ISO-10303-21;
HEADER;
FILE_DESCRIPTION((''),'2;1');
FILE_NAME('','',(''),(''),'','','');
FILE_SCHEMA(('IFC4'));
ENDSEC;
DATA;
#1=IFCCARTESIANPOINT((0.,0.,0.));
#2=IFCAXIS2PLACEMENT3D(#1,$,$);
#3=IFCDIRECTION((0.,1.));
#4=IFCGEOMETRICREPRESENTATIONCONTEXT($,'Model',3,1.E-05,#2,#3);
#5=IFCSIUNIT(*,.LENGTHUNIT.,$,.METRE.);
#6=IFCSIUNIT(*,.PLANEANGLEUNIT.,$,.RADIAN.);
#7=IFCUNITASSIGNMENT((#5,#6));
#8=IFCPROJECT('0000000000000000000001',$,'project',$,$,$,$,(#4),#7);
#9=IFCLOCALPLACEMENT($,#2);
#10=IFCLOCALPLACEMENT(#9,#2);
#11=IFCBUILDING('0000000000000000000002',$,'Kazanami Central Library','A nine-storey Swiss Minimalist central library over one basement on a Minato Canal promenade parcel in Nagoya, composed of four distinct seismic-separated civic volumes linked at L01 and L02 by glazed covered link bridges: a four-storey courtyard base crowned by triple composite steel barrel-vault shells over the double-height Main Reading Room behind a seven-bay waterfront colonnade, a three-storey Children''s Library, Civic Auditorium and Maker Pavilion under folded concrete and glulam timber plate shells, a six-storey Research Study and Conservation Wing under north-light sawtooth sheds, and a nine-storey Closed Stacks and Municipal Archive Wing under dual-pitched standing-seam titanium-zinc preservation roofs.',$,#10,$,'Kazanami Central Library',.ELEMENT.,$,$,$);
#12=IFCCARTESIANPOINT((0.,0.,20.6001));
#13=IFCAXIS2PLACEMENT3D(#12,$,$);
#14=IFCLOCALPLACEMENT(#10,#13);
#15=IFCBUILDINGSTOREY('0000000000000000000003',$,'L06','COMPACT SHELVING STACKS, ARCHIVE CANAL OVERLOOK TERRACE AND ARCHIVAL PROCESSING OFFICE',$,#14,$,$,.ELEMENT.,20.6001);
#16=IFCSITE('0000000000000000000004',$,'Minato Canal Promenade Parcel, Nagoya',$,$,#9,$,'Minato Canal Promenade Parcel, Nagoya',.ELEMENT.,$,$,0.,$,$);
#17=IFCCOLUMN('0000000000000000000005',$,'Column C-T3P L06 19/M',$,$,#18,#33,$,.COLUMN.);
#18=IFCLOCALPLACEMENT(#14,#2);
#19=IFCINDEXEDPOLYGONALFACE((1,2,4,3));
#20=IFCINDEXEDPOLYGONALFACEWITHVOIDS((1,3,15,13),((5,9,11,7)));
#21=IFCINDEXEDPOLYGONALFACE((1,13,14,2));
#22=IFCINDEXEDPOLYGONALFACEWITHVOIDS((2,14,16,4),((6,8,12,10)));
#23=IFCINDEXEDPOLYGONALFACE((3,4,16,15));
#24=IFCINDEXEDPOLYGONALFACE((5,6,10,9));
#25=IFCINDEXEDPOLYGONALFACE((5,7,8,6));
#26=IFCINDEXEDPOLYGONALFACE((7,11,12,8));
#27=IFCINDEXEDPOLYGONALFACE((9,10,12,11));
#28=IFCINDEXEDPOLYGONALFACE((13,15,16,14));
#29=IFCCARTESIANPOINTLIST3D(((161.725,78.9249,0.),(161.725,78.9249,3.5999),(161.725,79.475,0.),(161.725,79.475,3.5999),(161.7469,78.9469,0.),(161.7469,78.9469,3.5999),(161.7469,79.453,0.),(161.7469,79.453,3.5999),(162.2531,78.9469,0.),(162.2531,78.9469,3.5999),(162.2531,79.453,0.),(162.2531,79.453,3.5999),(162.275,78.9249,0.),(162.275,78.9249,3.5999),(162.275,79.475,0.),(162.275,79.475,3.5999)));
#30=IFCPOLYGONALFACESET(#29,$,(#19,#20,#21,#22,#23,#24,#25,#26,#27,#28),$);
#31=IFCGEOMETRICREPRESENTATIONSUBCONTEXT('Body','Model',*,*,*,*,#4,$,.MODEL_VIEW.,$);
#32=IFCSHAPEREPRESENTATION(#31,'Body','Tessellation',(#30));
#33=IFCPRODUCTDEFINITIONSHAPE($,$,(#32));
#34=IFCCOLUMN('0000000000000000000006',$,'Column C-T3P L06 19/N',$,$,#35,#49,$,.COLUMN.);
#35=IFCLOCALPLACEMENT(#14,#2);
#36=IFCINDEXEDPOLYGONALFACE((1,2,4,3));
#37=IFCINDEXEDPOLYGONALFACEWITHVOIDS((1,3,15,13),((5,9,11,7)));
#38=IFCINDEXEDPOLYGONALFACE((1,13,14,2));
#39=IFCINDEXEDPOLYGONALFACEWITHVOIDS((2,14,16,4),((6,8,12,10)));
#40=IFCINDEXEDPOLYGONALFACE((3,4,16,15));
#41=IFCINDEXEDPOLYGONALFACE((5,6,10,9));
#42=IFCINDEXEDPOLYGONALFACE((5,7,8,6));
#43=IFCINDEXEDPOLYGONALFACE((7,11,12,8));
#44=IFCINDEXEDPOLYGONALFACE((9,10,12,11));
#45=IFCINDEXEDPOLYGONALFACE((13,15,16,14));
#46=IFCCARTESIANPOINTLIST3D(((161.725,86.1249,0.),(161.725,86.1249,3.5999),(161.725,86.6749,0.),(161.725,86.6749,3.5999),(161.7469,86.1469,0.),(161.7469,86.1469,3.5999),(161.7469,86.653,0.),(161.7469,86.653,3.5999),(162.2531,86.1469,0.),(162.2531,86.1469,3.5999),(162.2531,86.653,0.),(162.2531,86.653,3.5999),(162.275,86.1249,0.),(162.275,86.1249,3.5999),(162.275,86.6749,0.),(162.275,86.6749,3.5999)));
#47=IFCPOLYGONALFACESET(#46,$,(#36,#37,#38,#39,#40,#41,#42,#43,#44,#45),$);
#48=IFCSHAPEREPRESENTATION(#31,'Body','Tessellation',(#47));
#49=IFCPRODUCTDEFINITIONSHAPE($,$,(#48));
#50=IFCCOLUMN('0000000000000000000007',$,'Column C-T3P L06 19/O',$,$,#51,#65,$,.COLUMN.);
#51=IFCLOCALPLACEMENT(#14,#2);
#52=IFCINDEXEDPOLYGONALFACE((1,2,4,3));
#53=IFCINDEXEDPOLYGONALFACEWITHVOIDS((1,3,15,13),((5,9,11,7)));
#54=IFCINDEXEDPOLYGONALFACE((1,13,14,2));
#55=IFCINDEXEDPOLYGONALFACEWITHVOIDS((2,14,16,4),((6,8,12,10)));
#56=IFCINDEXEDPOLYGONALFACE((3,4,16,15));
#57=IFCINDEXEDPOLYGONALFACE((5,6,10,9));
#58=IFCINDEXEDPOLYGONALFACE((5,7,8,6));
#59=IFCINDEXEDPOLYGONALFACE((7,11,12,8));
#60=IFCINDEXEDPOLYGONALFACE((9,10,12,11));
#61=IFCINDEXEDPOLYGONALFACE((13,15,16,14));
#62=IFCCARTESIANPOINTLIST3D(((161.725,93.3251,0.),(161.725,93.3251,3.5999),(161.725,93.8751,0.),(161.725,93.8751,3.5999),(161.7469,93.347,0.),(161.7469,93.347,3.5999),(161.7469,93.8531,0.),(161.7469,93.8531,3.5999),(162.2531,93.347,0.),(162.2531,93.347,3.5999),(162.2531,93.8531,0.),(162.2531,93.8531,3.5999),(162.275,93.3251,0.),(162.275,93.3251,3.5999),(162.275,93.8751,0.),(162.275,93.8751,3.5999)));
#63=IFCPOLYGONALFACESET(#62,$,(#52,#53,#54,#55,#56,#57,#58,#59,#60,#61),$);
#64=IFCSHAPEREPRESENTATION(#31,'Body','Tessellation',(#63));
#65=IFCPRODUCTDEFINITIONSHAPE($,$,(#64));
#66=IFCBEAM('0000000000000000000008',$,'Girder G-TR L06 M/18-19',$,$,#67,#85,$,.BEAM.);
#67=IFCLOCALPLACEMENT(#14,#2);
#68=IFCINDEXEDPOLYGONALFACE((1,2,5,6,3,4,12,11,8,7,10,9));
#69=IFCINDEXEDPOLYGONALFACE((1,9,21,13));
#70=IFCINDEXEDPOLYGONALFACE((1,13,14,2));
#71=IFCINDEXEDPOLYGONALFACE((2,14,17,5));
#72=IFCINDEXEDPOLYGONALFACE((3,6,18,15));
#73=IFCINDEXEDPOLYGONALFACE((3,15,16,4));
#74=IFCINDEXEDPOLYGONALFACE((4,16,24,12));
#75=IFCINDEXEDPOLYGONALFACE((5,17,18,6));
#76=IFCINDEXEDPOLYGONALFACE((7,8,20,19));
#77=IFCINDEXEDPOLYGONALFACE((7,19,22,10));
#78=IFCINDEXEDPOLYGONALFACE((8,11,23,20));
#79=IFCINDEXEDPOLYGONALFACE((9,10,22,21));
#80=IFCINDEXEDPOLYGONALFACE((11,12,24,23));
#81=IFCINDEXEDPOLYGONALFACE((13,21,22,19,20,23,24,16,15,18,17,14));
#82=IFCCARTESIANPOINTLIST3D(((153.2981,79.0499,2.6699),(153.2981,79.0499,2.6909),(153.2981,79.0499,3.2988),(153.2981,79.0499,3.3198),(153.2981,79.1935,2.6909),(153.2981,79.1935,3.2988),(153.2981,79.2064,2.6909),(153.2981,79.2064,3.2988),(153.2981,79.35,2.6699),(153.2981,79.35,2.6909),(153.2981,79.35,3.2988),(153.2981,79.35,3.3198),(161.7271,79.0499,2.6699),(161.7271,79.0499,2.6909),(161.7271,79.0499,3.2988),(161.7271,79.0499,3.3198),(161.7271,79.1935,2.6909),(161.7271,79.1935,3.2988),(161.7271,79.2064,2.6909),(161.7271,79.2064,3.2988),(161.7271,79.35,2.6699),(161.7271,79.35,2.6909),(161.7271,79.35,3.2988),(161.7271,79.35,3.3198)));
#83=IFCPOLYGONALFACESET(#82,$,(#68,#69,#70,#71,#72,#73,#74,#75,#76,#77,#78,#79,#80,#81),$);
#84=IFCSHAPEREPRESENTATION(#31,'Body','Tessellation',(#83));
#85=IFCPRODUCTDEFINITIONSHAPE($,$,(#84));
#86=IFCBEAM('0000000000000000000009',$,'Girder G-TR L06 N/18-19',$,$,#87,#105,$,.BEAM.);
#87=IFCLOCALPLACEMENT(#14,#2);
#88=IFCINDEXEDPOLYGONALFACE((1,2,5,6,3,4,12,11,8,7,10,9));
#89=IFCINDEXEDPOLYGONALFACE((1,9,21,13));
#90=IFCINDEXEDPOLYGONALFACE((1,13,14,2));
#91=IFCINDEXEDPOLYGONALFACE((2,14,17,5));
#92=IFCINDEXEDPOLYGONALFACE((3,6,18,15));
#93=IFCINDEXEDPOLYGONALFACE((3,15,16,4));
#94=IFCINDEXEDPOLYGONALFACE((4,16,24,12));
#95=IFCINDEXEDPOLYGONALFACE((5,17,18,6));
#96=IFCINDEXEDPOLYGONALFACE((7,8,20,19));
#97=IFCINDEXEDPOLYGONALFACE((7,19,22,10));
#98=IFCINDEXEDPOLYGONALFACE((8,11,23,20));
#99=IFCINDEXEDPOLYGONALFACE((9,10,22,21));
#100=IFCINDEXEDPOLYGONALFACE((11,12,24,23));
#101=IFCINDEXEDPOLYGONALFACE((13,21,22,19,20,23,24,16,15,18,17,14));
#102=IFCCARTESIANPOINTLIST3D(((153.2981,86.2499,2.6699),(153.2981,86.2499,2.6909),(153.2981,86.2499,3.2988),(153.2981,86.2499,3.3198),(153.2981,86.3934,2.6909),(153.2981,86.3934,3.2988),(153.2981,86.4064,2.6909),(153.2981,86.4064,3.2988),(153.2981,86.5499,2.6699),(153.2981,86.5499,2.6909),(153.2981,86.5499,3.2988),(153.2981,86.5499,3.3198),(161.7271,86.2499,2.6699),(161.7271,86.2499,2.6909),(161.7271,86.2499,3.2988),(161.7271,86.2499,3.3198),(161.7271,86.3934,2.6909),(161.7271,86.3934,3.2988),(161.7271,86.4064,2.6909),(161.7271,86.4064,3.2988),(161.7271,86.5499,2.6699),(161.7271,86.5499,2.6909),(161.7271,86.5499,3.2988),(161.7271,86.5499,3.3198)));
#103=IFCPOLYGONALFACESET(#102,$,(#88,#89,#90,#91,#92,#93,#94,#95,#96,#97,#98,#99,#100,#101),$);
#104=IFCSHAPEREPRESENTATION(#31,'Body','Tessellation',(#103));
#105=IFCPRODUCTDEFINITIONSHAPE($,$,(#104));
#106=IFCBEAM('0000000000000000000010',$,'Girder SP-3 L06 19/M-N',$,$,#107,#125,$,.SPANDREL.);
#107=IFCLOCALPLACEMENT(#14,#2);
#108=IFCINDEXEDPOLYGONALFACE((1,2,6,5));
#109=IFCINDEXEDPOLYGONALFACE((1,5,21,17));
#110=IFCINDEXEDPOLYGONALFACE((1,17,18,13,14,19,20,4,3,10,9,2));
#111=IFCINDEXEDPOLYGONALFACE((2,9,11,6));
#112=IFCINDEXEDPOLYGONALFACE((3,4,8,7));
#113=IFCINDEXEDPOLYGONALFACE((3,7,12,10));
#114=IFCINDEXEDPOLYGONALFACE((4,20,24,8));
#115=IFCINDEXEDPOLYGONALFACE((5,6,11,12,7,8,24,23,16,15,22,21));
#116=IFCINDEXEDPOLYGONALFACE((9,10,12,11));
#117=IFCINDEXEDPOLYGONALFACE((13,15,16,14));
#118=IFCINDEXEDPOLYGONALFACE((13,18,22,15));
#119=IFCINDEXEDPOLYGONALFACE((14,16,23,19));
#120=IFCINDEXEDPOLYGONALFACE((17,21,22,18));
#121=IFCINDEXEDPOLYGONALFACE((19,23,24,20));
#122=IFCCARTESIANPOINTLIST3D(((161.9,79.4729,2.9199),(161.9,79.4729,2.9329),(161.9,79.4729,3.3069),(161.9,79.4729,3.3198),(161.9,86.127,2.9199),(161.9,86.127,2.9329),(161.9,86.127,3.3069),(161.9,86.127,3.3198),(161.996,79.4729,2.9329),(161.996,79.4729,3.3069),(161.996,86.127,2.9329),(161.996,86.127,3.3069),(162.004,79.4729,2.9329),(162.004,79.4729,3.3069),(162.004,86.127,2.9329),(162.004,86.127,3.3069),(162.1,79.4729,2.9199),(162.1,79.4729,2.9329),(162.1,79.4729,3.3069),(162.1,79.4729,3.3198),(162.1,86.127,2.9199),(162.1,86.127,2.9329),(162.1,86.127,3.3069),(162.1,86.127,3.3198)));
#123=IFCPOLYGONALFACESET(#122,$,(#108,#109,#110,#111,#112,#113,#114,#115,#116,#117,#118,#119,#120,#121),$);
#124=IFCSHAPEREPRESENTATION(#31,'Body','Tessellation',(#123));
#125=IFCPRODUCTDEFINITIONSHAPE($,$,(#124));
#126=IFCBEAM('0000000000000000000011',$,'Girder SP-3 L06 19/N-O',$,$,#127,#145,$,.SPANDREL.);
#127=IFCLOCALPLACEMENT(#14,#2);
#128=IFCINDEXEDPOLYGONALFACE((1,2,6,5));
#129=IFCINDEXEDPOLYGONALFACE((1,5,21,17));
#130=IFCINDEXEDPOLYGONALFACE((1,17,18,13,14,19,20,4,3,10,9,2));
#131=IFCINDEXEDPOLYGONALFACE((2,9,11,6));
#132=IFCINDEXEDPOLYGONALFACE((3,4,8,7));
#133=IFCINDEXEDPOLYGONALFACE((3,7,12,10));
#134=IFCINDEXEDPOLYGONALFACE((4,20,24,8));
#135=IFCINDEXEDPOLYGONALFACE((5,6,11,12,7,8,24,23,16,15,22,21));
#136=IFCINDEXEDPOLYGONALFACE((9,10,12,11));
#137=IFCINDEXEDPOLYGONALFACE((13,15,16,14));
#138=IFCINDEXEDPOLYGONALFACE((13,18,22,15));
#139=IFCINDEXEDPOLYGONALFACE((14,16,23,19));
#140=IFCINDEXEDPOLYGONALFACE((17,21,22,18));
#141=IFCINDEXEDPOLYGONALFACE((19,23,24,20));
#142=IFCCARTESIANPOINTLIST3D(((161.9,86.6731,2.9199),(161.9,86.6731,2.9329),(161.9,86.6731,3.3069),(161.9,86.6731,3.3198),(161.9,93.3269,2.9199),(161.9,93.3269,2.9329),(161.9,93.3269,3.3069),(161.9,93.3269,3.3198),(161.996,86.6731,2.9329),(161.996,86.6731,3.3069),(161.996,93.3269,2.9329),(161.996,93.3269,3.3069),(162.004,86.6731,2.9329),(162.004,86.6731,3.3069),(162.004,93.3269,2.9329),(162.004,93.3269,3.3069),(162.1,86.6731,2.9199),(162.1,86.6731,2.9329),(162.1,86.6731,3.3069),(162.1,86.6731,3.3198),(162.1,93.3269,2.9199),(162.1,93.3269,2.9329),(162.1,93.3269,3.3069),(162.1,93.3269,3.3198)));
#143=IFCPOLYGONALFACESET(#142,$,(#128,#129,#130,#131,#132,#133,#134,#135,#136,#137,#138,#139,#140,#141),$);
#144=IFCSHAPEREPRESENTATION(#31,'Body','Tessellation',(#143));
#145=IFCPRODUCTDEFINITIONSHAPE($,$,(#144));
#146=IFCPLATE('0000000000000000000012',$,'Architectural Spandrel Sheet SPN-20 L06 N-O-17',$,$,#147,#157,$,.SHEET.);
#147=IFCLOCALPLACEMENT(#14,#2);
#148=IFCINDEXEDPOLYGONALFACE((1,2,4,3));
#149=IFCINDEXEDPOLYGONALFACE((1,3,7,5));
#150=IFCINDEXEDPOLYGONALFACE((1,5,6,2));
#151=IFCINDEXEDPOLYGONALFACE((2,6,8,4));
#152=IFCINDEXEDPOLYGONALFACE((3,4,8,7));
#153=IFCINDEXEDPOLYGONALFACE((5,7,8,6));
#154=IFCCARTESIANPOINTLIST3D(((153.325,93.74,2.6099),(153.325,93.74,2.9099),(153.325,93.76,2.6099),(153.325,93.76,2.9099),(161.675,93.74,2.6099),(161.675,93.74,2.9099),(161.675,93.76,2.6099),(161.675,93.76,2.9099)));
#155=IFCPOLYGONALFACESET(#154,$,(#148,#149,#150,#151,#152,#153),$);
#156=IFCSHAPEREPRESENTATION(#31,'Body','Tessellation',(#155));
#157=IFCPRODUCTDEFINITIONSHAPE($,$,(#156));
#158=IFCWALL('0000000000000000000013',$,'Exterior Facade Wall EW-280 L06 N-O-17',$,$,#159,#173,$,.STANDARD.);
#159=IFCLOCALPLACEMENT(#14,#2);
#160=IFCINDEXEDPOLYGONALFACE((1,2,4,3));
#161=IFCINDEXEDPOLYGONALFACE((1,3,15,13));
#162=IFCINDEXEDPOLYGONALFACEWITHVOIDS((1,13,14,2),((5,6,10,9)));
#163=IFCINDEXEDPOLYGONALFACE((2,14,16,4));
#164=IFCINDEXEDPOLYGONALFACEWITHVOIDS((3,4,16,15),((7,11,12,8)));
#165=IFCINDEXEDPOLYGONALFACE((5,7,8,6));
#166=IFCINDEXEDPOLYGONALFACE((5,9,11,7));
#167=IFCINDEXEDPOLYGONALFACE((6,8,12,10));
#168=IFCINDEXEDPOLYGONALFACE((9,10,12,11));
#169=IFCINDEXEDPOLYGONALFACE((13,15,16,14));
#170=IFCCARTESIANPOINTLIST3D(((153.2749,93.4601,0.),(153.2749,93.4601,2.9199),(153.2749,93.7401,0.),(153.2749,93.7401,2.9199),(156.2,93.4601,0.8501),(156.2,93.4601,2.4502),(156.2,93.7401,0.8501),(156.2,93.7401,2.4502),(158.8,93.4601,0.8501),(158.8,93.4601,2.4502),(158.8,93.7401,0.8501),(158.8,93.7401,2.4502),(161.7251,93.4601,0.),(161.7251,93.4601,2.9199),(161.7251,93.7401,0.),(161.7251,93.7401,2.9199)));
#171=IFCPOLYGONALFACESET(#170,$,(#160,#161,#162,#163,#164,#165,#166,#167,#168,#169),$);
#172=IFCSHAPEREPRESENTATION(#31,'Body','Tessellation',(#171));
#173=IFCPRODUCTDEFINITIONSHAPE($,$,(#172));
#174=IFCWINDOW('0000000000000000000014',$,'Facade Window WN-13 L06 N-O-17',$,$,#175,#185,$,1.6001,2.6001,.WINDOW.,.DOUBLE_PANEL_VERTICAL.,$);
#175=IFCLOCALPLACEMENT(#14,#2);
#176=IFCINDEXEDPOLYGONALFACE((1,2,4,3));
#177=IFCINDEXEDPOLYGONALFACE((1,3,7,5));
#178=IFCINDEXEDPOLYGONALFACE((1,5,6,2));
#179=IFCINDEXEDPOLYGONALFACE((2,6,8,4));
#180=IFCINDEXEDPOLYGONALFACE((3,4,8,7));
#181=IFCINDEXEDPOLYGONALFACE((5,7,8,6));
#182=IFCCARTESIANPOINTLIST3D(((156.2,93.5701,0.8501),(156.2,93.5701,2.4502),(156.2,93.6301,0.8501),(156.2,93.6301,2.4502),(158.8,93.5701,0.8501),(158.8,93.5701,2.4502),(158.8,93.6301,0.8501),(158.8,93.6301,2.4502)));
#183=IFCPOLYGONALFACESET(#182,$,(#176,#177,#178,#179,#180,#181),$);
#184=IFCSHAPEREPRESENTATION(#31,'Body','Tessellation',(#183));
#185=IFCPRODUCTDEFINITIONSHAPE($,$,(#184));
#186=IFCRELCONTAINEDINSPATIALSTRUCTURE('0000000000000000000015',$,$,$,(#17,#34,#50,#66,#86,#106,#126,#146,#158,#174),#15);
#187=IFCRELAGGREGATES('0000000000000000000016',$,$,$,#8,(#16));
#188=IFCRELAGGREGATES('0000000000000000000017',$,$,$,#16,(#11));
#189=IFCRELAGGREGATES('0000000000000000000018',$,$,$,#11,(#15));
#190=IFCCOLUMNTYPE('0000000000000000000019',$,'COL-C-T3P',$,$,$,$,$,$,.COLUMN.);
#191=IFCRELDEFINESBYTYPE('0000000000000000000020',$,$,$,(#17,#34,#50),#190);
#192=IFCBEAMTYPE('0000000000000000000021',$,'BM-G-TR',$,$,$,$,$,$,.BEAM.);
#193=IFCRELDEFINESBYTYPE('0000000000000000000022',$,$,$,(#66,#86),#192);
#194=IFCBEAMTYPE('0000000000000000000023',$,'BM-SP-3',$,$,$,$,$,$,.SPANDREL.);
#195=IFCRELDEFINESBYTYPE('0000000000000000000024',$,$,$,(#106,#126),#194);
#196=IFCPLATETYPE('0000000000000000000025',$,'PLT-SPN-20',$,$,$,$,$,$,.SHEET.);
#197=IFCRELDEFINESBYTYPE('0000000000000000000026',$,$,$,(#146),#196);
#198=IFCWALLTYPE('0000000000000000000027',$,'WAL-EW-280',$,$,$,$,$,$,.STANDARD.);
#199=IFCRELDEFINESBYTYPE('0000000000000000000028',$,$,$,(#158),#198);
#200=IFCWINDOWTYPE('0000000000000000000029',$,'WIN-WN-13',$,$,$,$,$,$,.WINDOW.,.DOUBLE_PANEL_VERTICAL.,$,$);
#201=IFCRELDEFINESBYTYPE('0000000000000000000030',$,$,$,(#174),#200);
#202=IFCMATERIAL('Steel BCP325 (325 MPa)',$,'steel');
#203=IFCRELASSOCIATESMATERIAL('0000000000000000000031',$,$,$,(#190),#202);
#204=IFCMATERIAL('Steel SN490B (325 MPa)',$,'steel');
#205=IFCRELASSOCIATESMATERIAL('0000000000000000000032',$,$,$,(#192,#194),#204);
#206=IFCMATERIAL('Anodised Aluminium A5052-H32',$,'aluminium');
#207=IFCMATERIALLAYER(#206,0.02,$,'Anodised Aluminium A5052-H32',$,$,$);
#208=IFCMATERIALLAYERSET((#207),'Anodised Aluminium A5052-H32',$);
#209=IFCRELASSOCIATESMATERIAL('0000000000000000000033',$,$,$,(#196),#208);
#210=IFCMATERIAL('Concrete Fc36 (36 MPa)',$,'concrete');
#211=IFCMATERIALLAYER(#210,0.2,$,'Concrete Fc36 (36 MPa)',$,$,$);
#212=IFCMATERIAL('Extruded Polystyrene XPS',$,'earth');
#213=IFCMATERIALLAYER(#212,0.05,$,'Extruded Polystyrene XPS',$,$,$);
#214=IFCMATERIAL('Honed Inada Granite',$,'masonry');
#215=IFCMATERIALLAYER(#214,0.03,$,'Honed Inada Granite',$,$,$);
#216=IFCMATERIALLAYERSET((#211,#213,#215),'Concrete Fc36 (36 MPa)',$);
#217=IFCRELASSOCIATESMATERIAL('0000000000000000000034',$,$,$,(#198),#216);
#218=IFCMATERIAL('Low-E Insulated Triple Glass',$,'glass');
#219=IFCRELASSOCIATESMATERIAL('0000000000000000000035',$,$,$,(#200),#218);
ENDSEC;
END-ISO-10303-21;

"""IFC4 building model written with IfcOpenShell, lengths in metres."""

from ifc_helpers import new_model, si_unit, direction, frame, frame_2d, origin, origin_2d, place, context, subcontext, project, spatial, rectangle, hollow_rectangle, i_section, extrude, material, layer, layer_set, material_profile, profile_set, type_object, element, fill, save


model = new_model("IFC4")

# Units and contexts
model_context = context("Model", 3, precision=1e-05, world=origin(), true_north=direction((0.0, 1.0)))
body_context = subcontext(model_context, "Body", "Model", "MODEL_VIEW")
ifc_project = project(units=[si_unit("LENGTHUNIT", "METRE"), si_unit("PLANEANGLEUNIT", "RADIAN")], contexts=[model_context])

# Site, building, storey
site_placement = place(None, origin())
site = spatial("IfcSite", under=ifc_project, at=site_placement, Name="Minato Canal Promenade Parcel, Nagoya", LongName="Minato Canal Promenade Parcel, Nagoya", CompositionType="ELEMENT", RefElevation=0.0)
building_placement = place(site_placement, origin())
building = spatial("IfcBuilding", under=site, at=building_placement, Name="Kazanami Central Library", Description="A nine-storey Swiss Minimalist central library over one basement on a Minato Canal promenade parcel in Nagoya, composed of four distinct seismic-separated civic volumes linked at L01 and L02 by glazed covered link bridges: a four-storey courtyard base crowned by triple composite steel barrel-vault shells over the double-height Main Reading Room behind a seven-bay waterfront colonnade, a three-storey Children's Library, Civic Auditorium and Maker Pavilion under folded concrete and glulam timber plate shells, a six-storey Research Study and Conservation Wing under north-light sawtooth sheds, and a nine-storey Closed Stacks and Municipal Archive Wing under dual-pitched standing-seam titanium-zinc preservation roofs.", LongName="Kazanami Central Library", CompositionType="ELEMENT")
storey_placement = place(building_placement, frame((0.0, 0.0, 20.6001)))
storey = spatial("IfcBuildingStorey", under=building, at=storey_placement, Name="L06", Description="COMPACT SHELVING STACKS, ARCHIVE CANAL OVERLOOK TERRACE AND ARCHIVAL PROCESSING OFFICE", CompositionType="ELEMENT", Elevation=20.6001)

# Columns
ifc_material_1 = material(Name="Steel BCP325 (325 MPa)", Category="steel")
ifc_material_profile_1 = material_profile(ifc_material_1, hollow_rectangle(XDim=0.55, YDim=0.55, WallThickness=0.022, at=origin_2d()), Name="BCP-550x550x22")
ifc_profile_set_1 = profile_set([ifc_material_profile_1], Name="Steel BCP325 (325 MPa)")
column_type = type_object("IfcColumnType", Name="COL-C-T3P", PredefinedType="COLUMN", material=ifc_profile_set_1)
for number, where, z_axis, x_axis, name in (
    (1, (162.0, 79.2, 0.0), (0.0, 0.0, 1.0), (1.0, 0.0, 0.0), "Column C-T3P L06 19/M"),
    (2, (162.0, 86.3999, 0.0), (0.0, 0.0, 1.0), (1.0, 0.0, 0.0), "Column C-T3P L06 19/N"),
    (3, (162.0, 93.6001, 0.0), (0.0, 0.0, 1.0), (1.0, 0.0, 0.0), "Column C-T3P L06 19/O"),
):
    element("IfcColumn", number, at=place(storey_placement, frame(where, z_axis=z_axis, x_axis=x_axis)), inside=storey, type_object=column_type, Name=name, PredefinedType="COLUMN", context=body_context, shape_type="SweptSolid", body=[
        extrude(hollow_rectangle(XDim=0.55, YDim=0.55, WallThickness=0.022, at=origin_2d()), origin(), (0.0, 0.0, 1.0), 3.5999),
    ])

# Beams
ifc_material_2 = material(Name="Steel SN490B (325 MPa)", Category="steel")
ifc_material_profile_2 = material_profile(ifc_material_2, i_section(OverallWidth=0.3, OverallDepth=0.6499, WebThickness=0.0129, FlangeThickness=0.021, at=origin_2d()), Name="H-650x300x13x21")
ifc_profile_set_2 = profile_set([ifc_material_profile_2], Name="Steel SN490B (325 MPa)")
beam_type_1 = type_object("IfcBeamType", Name="BM-G-TR", PredefinedType="BEAM", material=ifc_profile_set_2)
for number, where, z_axis, x_axis, name in (
    (4, (153.2981, 79.2, 2.9949), (1.0, 0.0, 0.0), (0.0, 1.0, 0.0), "Girder G-TR L06 M/18-19"),
    (5, (153.2981, 86.3999, 2.9949), (1.0, 0.0, 0.0), (0.0, 1.0, 0.0), "Girder G-TR L06 N/18-19"),
):
    element("IfcBeam", number, at=place(storey_placement, frame(where, z_axis=z_axis, x_axis=x_axis)), inside=storey, type_object=beam_type_1, Name=name, PredefinedType="BEAM", context=body_context, shape_type="SweptSolid", body=[
        extrude(i_section(OverallWidth=0.3, OverallDepth=0.6499, WebThickness=0.0129, FlangeThickness=0.021, at=origin_2d()), origin(), (0.0, 0.0, 1.0), 8.429),
    ])
ifc_material_profile_3 = material_profile(ifc_material_2, i_section(OverallWidth=0.2, OverallDepth=0.3999, WebThickness=0.0081, FlangeThickness=0.0129, at=origin_2d()), Name="H-400x200x8x13")
ifc_profile_set_3 = profile_set([ifc_material_profile_3], Name="Steel SN490B (325 MPa)")
beam_type_2 = type_object("IfcBeamType", Name="BM-SP-3", PredefinedType="SPANDREL", material=ifc_profile_set_3)
beam_1_placement = place(storey_placement, frame((162.0, 79.4729, 3.1199), z_axis=(0.0, 1.0, 0.0), x_axis=(-1.0, 0.0, 0.0)))
element("IfcBeam", 6, at=beam_1_placement, inside=storey, type_object=beam_type_2, Name="Girder SP-3 L06 19/M-N", PredefinedType="SPANDREL", context=body_context, shape_type="SweptSolid", body=[
    extrude(i_section(OverallWidth=0.2, OverallDepth=0.3999, WebThickness=0.0081, FlangeThickness=0.0129, at=origin_2d()), origin(), (0.0, 0.0, 1.0), 6.6541),
])
beam_2_placement = place(storey_placement, frame((162.0, 86.6731, 3.1199), z_axis=(0.0, 1.0, 0.0), x_axis=(-1.0, 0.0, 0.0)))
element("IfcBeam", 7, at=beam_2_placement, inside=storey, type_object=beam_type_2, Name="Girder SP-3 L06 19/N-O", PredefinedType="SPANDREL", context=body_context, shape_type="SweptSolid", body=[
    extrude(i_section(OverallWidth=0.2, OverallDepth=0.3999, WebThickness=0.0081, FlangeThickness=0.0129, at=origin_2d()), origin(), (0.0, 0.0, 1.0), 6.6538),
])

# Plate
ifc_material_3 = material(Name="Anodised Aluminium A5052-H32", Category="aluminium")
ifc_layer_1 = layer(ifc_material_3, 0.02, Name="Anodised Aluminium A5052-H32")
ifc_layer_set_1 = layer_set([ifc_layer_1], Name="Anodised Aluminium A5052-H32")
plate_type = type_object("IfcPlateType", Name="PLT-SPN-20", PredefinedType="SHEET", material=ifc_layer_set_1)
plate_placement = place(storey_placement, frame((157.5, 93.75, 2.6099), z_axis=(0.0, 0.0, 1.0), x_axis=(-1.0, 0.0, 0.0)))
element("IfcPlate", 8, at=plate_placement, inside=storey, type_object=plate_type, Name="Architectural Spandrel Sheet SPN-20 L06 N-O-17", PredefinedType="SHEET", context=body_context, shape_type="SweptSolid", body=[
    extrude(rectangle(XDim=8.3501, YDim=0.02, at=origin_2d()), origin(), (0.0, 0.0, 1.0), 0.3),
])

# Wall, opening, window
ifc_material_4 = material(Name="Concrete Fc36 (36 MPa)", Category="concrete")
ifc_layer_2 = layer(ifc_material_4, 0.2, Name="Concrete Fc36 (36 MPa)")
ifc_material_5 = material(Name="Extruded Polystyrene XPS", Category="earth")
ifc_layer_3 = layer(ifc_material_5, 0.05, Name="Extruded Polystyrene XPS")
ifc_material_6 = material(Name="Honed Inada Granite", Category="masonry")
ifc_layer_4 = layer(ifc_material_6, 0.03, Name="Honed Inada Granite")
ifc_layer_set_2 = layer_set([ifc_layer_2, ifc_layer_3, ifc_layer_4], Name="Concrete Fc36 (36 MPa)")
wall_type_1 = type_object("IfcWallType", Name="WAL-EW-280", PredefinedType="STANDARD", material=ifc_layer_set_2)
wall_1_placement = place(storey_placement, frame((161.7251, 93.6001, 0.0), z_axis=(0.0, 0.0, 1.0), x_axis=(-1.0, 0.0, 0.0)))
wall_1 = element("IfcWall", 9, at=wall_1_placement, inside=storey, type_object=wall_type_1, Name="Exterior Facade Wall EW-280 L06 N-O-17", PredefinedType="STANDARD", context=body_context, shape_type="SweptSolid", body=[
    extrude(rectangle(XDim=8.4502, YDim=0.28, at=frame_2d((4.2251, 0.0))), origin(), (0.0, 0.0, 1.0), 2.9199),
])
opening_1_placement = place(wall_1_placement, frame((2.925, 0.0, 0.8501)))
opening_1 = element("IfcOpeningElement", 10, at=opening_1_placement, cuts=wall_1, PredefinedType="OPENING", context=body_context, shape_type="SweptSolid", body=[
    extrude(rectangle(XDim=2.6001, YDim=1.6001, at=frame_2d((1.3, 0.8))), frame((0.0, 0.1519, 0.0), z_axis=(0.0, -1.0, 0.0), x_axis=(1.0, 0.0, 0.0)), (0.0, 0.0, 1.0), 0.304),
])
ifc_material_7 = material(Name="Low-E Insulated Triple Glass", Category="glass")
window_type = type_object("IfcWindowType", Name="WIN-WN-13", PartitioningType="DOUBLE_PANEL_VERTICAL", PredefinedType="WINDOW", material=ifc_material_7)
window_1_placement = place(opening_1_placement, origin())
window_1 = element("IfcWindow", 11, at=window_1_placement, inside=storey, type_object=window_type, Name="Facade Window WN-13 L06 N-O-17", OverallHeight=1.6001, OverallWidth=2.6001, PartitioningType="DOUBLE_PANEL_VERTICAL", PredefinedType="WINDOW", context=body_context, shape_type="SweptSolid", body=[
    extrude(rectangle(XDim=2.6001, YDim=1.6001, at=frame_2d((1.3, 0.8))), frame((0.0, 0.03, 0.0), z_axis=(0.0, -1.0, 0.0), x_axis=(1.0, 0.0, 0.0)), (0.0, 0.0, 1.0), 0.0601),
])
fill(opening_1, window_1)

save(model, "model.ifc")
